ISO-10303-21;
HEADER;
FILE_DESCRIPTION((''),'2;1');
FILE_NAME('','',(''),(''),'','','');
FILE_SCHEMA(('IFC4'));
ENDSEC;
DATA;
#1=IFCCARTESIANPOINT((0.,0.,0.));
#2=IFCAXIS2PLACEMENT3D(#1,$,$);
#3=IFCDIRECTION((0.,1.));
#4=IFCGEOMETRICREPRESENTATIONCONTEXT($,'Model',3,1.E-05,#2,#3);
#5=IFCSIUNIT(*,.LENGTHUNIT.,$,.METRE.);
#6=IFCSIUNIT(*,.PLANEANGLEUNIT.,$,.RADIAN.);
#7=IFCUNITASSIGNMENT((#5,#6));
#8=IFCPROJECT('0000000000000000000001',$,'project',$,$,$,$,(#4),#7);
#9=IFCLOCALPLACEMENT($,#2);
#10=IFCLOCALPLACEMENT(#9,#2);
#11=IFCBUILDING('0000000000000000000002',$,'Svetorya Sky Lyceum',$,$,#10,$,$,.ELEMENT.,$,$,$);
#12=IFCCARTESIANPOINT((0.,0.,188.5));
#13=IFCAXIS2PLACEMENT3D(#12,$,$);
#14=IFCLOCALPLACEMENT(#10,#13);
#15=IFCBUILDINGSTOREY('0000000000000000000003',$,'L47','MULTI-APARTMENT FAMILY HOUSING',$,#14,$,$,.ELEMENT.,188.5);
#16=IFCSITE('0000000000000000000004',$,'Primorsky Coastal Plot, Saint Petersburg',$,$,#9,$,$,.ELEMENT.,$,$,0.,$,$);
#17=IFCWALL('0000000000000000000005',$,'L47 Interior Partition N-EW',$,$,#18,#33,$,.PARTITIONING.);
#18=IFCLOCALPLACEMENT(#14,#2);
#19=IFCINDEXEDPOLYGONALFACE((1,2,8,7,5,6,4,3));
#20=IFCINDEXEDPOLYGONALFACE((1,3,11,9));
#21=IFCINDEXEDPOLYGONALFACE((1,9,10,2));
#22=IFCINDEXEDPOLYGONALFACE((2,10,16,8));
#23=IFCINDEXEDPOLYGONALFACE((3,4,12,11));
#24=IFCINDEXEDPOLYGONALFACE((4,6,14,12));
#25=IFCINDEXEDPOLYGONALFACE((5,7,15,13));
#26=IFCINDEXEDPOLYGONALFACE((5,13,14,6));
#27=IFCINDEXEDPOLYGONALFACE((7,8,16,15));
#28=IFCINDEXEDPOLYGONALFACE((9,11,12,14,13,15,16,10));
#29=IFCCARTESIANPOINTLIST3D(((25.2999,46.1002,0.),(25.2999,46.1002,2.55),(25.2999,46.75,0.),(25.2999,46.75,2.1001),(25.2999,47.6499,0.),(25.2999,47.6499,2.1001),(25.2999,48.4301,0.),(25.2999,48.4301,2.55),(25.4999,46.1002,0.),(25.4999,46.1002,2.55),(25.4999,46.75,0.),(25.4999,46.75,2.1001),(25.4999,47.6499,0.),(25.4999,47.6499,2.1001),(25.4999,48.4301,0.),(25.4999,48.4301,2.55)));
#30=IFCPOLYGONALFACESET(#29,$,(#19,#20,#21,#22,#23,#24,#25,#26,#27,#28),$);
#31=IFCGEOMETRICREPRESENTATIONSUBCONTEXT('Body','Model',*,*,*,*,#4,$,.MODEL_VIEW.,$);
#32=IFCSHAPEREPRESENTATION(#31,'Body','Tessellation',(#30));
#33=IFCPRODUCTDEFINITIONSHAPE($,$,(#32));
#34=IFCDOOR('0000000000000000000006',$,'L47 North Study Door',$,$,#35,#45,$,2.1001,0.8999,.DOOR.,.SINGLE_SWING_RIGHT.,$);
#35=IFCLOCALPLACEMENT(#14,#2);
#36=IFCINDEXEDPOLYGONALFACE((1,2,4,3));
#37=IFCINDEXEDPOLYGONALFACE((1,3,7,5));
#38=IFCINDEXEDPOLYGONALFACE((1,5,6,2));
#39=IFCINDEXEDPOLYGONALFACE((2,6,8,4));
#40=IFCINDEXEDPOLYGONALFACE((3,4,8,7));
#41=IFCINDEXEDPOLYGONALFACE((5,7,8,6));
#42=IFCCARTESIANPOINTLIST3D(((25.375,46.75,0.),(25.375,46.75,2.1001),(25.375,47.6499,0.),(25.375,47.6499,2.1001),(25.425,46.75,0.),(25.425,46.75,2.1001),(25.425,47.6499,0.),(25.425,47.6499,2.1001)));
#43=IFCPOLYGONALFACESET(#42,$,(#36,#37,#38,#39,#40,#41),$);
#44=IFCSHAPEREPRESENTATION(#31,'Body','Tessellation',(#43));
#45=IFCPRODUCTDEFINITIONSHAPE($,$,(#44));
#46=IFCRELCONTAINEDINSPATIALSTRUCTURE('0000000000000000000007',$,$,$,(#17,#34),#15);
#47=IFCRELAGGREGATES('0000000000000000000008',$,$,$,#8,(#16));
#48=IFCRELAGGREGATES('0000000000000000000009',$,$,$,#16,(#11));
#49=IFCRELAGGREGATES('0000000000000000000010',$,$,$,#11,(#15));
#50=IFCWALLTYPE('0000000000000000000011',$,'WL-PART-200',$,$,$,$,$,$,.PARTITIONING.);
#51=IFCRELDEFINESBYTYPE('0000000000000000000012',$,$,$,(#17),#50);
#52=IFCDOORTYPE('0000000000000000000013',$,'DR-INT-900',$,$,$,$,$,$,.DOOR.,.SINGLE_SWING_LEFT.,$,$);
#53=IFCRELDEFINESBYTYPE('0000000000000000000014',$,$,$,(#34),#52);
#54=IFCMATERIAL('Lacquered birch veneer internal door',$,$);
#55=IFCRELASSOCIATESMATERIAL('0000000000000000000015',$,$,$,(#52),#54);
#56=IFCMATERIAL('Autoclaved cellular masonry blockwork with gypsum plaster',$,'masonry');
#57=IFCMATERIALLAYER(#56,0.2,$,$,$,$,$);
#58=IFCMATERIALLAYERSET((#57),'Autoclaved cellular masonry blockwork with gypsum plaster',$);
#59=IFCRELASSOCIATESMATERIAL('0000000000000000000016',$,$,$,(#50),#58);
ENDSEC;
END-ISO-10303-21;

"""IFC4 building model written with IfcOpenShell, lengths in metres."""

from ifc_helpers import new_model, si_unit, direction, frame, frame_2d, origin, place, context, subcontext, project, spatial, rectangle, extrude, material, layer, layer_set, type_object, element, fill, save


model = new_model("IFC4")

# Units and contexts
model_context = context("Model", 3, precision=1e-05, world=origin(), true_north=direction((0.0, 1.0)))
body_context = subcontext(model_context, "Body", "Model", "MODEL_VIEW")
ifc_project = project(units=[si_unit("LENGTHUNIT", "METRE"), si_unit("PLANEANGLEUNIT", "RADIAN")], contexts=[model_context])

# Site, building, storey
site_placement = place(None, origin())
site = spatial("IfcSite", under=ifc_project, at=site_placement, Name="Primorsky Coastal Plot, Saint Petersburg", CompositionType="ELEMENT", RefElevation=0.0)
building_placement = place(site_placement, origin())
building = spatial("IfcBuilding", under=site, at=building_placement, Name="Svetorya Sky Lyceum", CompositionType="ELEMENT")
storey_placement = place(building_placement, frame((0.0, 0.0, 188.5)))
storey = spatial("IfcBuildingStorey", under=building, at=storey_placement, Name="L47", Description="MULTI-APARTMENT FAMILY HOUSING", CompositionType="ELEMENT", Elevation=188.5)

# Shared definitions
ifc_material_1 = material(Name="Lacquered birch veneer internal door")
door_type_1 = type_object("IfcDoorType", Name="DR-INT-900", OperationType="SINGLE_SWING_LEFT", PredefinedType="DOOR", material=ifc_material_1)

# Shared definitions
ifc_material_2 = material(Name="Autoclaved cellular masonry blockwork with gypsum plaster", Category="masonry")
ifc_layer_1 = layer(ifc_material_2, 0.2)
ifc_layer_set_1 = layer_set([ifc_layer_1], Name="Autoclaved cellular masonry blockwork with gypsum plaster")
wall_type_1 = type_object("IfcWallType", Name="WL-PART-200", PredefinedType="PARTITIONING", material=ifc_layer_set_1)

# Wall, opening, door
wall_1_placement = place(storey_placement, frame((25.3999, 46.1001, 0.0), z_axis=(0.0, 0.0, 1.0), x_axis=(0.0, 1.0, 0.0)))
wall_1 = element("IfcWall", 1, at=wall_1_placement, inside=storey, type_object=wall_type_1, Name="L47 Interior Partition N-EW", PredefinedType="PARTITIONING", context=body_context, shape_type="SweptSolid", body=[
    extrude(rectangle(XDim=2.3298, YDim=0.2, at=frame_2d((1.165, 0.0))), origin(), (0.0, 0.0, 1.0), 2.55),
])
opening_1_placement = place(wall_1_placement, frame((0.6499, 0.0, 0.0)))
opening_1 = element("IfcOpeningElement", 2, at=opening_1_placement, cuts=wall_1, PredefinedType="OPENING", context=body_context, shape_type="SweptSolid", body=[
    extrude(rectangle(XDim=0.8999, YDim=2.1001, at=frame_2d((0.45, 1.05))), frame((0.0, 0.1099, 0.0), z_axis=(0.0, -1.0, 0.0), x_axis=(1.0, 0.0, 0.0)), (0.0, 0.0, 1.0), 0.22),
])
door_1_placement = place(opening_1_placement, origin())
door_1 = element("IfcDoor", 3, at=door_1_placement, inside=storey, type_object=door_type_1, Name="L47 North Study Door", OperationType="SINGLE_SWING_RIGHT", OverallHeight=2.1001, OverallWidth=0.8999, PredefinedType="DOOR", context=body_context, shape_type="SweptSolid", body=[
    extrude(rectangle(XDim=0.8999, YDim=2.1001, at=frame_2d((0.45, 1.05))), frame((0.0, 0.0249, 0.0), z_axis=(0.0, -1.0, 0.0), x_axis=(1.0, 0.0, 0.0)), (0.0, 0.0, 1.0), 0.05),
])
fill(opening_1, door_1)

save(model, "model.ifc")
